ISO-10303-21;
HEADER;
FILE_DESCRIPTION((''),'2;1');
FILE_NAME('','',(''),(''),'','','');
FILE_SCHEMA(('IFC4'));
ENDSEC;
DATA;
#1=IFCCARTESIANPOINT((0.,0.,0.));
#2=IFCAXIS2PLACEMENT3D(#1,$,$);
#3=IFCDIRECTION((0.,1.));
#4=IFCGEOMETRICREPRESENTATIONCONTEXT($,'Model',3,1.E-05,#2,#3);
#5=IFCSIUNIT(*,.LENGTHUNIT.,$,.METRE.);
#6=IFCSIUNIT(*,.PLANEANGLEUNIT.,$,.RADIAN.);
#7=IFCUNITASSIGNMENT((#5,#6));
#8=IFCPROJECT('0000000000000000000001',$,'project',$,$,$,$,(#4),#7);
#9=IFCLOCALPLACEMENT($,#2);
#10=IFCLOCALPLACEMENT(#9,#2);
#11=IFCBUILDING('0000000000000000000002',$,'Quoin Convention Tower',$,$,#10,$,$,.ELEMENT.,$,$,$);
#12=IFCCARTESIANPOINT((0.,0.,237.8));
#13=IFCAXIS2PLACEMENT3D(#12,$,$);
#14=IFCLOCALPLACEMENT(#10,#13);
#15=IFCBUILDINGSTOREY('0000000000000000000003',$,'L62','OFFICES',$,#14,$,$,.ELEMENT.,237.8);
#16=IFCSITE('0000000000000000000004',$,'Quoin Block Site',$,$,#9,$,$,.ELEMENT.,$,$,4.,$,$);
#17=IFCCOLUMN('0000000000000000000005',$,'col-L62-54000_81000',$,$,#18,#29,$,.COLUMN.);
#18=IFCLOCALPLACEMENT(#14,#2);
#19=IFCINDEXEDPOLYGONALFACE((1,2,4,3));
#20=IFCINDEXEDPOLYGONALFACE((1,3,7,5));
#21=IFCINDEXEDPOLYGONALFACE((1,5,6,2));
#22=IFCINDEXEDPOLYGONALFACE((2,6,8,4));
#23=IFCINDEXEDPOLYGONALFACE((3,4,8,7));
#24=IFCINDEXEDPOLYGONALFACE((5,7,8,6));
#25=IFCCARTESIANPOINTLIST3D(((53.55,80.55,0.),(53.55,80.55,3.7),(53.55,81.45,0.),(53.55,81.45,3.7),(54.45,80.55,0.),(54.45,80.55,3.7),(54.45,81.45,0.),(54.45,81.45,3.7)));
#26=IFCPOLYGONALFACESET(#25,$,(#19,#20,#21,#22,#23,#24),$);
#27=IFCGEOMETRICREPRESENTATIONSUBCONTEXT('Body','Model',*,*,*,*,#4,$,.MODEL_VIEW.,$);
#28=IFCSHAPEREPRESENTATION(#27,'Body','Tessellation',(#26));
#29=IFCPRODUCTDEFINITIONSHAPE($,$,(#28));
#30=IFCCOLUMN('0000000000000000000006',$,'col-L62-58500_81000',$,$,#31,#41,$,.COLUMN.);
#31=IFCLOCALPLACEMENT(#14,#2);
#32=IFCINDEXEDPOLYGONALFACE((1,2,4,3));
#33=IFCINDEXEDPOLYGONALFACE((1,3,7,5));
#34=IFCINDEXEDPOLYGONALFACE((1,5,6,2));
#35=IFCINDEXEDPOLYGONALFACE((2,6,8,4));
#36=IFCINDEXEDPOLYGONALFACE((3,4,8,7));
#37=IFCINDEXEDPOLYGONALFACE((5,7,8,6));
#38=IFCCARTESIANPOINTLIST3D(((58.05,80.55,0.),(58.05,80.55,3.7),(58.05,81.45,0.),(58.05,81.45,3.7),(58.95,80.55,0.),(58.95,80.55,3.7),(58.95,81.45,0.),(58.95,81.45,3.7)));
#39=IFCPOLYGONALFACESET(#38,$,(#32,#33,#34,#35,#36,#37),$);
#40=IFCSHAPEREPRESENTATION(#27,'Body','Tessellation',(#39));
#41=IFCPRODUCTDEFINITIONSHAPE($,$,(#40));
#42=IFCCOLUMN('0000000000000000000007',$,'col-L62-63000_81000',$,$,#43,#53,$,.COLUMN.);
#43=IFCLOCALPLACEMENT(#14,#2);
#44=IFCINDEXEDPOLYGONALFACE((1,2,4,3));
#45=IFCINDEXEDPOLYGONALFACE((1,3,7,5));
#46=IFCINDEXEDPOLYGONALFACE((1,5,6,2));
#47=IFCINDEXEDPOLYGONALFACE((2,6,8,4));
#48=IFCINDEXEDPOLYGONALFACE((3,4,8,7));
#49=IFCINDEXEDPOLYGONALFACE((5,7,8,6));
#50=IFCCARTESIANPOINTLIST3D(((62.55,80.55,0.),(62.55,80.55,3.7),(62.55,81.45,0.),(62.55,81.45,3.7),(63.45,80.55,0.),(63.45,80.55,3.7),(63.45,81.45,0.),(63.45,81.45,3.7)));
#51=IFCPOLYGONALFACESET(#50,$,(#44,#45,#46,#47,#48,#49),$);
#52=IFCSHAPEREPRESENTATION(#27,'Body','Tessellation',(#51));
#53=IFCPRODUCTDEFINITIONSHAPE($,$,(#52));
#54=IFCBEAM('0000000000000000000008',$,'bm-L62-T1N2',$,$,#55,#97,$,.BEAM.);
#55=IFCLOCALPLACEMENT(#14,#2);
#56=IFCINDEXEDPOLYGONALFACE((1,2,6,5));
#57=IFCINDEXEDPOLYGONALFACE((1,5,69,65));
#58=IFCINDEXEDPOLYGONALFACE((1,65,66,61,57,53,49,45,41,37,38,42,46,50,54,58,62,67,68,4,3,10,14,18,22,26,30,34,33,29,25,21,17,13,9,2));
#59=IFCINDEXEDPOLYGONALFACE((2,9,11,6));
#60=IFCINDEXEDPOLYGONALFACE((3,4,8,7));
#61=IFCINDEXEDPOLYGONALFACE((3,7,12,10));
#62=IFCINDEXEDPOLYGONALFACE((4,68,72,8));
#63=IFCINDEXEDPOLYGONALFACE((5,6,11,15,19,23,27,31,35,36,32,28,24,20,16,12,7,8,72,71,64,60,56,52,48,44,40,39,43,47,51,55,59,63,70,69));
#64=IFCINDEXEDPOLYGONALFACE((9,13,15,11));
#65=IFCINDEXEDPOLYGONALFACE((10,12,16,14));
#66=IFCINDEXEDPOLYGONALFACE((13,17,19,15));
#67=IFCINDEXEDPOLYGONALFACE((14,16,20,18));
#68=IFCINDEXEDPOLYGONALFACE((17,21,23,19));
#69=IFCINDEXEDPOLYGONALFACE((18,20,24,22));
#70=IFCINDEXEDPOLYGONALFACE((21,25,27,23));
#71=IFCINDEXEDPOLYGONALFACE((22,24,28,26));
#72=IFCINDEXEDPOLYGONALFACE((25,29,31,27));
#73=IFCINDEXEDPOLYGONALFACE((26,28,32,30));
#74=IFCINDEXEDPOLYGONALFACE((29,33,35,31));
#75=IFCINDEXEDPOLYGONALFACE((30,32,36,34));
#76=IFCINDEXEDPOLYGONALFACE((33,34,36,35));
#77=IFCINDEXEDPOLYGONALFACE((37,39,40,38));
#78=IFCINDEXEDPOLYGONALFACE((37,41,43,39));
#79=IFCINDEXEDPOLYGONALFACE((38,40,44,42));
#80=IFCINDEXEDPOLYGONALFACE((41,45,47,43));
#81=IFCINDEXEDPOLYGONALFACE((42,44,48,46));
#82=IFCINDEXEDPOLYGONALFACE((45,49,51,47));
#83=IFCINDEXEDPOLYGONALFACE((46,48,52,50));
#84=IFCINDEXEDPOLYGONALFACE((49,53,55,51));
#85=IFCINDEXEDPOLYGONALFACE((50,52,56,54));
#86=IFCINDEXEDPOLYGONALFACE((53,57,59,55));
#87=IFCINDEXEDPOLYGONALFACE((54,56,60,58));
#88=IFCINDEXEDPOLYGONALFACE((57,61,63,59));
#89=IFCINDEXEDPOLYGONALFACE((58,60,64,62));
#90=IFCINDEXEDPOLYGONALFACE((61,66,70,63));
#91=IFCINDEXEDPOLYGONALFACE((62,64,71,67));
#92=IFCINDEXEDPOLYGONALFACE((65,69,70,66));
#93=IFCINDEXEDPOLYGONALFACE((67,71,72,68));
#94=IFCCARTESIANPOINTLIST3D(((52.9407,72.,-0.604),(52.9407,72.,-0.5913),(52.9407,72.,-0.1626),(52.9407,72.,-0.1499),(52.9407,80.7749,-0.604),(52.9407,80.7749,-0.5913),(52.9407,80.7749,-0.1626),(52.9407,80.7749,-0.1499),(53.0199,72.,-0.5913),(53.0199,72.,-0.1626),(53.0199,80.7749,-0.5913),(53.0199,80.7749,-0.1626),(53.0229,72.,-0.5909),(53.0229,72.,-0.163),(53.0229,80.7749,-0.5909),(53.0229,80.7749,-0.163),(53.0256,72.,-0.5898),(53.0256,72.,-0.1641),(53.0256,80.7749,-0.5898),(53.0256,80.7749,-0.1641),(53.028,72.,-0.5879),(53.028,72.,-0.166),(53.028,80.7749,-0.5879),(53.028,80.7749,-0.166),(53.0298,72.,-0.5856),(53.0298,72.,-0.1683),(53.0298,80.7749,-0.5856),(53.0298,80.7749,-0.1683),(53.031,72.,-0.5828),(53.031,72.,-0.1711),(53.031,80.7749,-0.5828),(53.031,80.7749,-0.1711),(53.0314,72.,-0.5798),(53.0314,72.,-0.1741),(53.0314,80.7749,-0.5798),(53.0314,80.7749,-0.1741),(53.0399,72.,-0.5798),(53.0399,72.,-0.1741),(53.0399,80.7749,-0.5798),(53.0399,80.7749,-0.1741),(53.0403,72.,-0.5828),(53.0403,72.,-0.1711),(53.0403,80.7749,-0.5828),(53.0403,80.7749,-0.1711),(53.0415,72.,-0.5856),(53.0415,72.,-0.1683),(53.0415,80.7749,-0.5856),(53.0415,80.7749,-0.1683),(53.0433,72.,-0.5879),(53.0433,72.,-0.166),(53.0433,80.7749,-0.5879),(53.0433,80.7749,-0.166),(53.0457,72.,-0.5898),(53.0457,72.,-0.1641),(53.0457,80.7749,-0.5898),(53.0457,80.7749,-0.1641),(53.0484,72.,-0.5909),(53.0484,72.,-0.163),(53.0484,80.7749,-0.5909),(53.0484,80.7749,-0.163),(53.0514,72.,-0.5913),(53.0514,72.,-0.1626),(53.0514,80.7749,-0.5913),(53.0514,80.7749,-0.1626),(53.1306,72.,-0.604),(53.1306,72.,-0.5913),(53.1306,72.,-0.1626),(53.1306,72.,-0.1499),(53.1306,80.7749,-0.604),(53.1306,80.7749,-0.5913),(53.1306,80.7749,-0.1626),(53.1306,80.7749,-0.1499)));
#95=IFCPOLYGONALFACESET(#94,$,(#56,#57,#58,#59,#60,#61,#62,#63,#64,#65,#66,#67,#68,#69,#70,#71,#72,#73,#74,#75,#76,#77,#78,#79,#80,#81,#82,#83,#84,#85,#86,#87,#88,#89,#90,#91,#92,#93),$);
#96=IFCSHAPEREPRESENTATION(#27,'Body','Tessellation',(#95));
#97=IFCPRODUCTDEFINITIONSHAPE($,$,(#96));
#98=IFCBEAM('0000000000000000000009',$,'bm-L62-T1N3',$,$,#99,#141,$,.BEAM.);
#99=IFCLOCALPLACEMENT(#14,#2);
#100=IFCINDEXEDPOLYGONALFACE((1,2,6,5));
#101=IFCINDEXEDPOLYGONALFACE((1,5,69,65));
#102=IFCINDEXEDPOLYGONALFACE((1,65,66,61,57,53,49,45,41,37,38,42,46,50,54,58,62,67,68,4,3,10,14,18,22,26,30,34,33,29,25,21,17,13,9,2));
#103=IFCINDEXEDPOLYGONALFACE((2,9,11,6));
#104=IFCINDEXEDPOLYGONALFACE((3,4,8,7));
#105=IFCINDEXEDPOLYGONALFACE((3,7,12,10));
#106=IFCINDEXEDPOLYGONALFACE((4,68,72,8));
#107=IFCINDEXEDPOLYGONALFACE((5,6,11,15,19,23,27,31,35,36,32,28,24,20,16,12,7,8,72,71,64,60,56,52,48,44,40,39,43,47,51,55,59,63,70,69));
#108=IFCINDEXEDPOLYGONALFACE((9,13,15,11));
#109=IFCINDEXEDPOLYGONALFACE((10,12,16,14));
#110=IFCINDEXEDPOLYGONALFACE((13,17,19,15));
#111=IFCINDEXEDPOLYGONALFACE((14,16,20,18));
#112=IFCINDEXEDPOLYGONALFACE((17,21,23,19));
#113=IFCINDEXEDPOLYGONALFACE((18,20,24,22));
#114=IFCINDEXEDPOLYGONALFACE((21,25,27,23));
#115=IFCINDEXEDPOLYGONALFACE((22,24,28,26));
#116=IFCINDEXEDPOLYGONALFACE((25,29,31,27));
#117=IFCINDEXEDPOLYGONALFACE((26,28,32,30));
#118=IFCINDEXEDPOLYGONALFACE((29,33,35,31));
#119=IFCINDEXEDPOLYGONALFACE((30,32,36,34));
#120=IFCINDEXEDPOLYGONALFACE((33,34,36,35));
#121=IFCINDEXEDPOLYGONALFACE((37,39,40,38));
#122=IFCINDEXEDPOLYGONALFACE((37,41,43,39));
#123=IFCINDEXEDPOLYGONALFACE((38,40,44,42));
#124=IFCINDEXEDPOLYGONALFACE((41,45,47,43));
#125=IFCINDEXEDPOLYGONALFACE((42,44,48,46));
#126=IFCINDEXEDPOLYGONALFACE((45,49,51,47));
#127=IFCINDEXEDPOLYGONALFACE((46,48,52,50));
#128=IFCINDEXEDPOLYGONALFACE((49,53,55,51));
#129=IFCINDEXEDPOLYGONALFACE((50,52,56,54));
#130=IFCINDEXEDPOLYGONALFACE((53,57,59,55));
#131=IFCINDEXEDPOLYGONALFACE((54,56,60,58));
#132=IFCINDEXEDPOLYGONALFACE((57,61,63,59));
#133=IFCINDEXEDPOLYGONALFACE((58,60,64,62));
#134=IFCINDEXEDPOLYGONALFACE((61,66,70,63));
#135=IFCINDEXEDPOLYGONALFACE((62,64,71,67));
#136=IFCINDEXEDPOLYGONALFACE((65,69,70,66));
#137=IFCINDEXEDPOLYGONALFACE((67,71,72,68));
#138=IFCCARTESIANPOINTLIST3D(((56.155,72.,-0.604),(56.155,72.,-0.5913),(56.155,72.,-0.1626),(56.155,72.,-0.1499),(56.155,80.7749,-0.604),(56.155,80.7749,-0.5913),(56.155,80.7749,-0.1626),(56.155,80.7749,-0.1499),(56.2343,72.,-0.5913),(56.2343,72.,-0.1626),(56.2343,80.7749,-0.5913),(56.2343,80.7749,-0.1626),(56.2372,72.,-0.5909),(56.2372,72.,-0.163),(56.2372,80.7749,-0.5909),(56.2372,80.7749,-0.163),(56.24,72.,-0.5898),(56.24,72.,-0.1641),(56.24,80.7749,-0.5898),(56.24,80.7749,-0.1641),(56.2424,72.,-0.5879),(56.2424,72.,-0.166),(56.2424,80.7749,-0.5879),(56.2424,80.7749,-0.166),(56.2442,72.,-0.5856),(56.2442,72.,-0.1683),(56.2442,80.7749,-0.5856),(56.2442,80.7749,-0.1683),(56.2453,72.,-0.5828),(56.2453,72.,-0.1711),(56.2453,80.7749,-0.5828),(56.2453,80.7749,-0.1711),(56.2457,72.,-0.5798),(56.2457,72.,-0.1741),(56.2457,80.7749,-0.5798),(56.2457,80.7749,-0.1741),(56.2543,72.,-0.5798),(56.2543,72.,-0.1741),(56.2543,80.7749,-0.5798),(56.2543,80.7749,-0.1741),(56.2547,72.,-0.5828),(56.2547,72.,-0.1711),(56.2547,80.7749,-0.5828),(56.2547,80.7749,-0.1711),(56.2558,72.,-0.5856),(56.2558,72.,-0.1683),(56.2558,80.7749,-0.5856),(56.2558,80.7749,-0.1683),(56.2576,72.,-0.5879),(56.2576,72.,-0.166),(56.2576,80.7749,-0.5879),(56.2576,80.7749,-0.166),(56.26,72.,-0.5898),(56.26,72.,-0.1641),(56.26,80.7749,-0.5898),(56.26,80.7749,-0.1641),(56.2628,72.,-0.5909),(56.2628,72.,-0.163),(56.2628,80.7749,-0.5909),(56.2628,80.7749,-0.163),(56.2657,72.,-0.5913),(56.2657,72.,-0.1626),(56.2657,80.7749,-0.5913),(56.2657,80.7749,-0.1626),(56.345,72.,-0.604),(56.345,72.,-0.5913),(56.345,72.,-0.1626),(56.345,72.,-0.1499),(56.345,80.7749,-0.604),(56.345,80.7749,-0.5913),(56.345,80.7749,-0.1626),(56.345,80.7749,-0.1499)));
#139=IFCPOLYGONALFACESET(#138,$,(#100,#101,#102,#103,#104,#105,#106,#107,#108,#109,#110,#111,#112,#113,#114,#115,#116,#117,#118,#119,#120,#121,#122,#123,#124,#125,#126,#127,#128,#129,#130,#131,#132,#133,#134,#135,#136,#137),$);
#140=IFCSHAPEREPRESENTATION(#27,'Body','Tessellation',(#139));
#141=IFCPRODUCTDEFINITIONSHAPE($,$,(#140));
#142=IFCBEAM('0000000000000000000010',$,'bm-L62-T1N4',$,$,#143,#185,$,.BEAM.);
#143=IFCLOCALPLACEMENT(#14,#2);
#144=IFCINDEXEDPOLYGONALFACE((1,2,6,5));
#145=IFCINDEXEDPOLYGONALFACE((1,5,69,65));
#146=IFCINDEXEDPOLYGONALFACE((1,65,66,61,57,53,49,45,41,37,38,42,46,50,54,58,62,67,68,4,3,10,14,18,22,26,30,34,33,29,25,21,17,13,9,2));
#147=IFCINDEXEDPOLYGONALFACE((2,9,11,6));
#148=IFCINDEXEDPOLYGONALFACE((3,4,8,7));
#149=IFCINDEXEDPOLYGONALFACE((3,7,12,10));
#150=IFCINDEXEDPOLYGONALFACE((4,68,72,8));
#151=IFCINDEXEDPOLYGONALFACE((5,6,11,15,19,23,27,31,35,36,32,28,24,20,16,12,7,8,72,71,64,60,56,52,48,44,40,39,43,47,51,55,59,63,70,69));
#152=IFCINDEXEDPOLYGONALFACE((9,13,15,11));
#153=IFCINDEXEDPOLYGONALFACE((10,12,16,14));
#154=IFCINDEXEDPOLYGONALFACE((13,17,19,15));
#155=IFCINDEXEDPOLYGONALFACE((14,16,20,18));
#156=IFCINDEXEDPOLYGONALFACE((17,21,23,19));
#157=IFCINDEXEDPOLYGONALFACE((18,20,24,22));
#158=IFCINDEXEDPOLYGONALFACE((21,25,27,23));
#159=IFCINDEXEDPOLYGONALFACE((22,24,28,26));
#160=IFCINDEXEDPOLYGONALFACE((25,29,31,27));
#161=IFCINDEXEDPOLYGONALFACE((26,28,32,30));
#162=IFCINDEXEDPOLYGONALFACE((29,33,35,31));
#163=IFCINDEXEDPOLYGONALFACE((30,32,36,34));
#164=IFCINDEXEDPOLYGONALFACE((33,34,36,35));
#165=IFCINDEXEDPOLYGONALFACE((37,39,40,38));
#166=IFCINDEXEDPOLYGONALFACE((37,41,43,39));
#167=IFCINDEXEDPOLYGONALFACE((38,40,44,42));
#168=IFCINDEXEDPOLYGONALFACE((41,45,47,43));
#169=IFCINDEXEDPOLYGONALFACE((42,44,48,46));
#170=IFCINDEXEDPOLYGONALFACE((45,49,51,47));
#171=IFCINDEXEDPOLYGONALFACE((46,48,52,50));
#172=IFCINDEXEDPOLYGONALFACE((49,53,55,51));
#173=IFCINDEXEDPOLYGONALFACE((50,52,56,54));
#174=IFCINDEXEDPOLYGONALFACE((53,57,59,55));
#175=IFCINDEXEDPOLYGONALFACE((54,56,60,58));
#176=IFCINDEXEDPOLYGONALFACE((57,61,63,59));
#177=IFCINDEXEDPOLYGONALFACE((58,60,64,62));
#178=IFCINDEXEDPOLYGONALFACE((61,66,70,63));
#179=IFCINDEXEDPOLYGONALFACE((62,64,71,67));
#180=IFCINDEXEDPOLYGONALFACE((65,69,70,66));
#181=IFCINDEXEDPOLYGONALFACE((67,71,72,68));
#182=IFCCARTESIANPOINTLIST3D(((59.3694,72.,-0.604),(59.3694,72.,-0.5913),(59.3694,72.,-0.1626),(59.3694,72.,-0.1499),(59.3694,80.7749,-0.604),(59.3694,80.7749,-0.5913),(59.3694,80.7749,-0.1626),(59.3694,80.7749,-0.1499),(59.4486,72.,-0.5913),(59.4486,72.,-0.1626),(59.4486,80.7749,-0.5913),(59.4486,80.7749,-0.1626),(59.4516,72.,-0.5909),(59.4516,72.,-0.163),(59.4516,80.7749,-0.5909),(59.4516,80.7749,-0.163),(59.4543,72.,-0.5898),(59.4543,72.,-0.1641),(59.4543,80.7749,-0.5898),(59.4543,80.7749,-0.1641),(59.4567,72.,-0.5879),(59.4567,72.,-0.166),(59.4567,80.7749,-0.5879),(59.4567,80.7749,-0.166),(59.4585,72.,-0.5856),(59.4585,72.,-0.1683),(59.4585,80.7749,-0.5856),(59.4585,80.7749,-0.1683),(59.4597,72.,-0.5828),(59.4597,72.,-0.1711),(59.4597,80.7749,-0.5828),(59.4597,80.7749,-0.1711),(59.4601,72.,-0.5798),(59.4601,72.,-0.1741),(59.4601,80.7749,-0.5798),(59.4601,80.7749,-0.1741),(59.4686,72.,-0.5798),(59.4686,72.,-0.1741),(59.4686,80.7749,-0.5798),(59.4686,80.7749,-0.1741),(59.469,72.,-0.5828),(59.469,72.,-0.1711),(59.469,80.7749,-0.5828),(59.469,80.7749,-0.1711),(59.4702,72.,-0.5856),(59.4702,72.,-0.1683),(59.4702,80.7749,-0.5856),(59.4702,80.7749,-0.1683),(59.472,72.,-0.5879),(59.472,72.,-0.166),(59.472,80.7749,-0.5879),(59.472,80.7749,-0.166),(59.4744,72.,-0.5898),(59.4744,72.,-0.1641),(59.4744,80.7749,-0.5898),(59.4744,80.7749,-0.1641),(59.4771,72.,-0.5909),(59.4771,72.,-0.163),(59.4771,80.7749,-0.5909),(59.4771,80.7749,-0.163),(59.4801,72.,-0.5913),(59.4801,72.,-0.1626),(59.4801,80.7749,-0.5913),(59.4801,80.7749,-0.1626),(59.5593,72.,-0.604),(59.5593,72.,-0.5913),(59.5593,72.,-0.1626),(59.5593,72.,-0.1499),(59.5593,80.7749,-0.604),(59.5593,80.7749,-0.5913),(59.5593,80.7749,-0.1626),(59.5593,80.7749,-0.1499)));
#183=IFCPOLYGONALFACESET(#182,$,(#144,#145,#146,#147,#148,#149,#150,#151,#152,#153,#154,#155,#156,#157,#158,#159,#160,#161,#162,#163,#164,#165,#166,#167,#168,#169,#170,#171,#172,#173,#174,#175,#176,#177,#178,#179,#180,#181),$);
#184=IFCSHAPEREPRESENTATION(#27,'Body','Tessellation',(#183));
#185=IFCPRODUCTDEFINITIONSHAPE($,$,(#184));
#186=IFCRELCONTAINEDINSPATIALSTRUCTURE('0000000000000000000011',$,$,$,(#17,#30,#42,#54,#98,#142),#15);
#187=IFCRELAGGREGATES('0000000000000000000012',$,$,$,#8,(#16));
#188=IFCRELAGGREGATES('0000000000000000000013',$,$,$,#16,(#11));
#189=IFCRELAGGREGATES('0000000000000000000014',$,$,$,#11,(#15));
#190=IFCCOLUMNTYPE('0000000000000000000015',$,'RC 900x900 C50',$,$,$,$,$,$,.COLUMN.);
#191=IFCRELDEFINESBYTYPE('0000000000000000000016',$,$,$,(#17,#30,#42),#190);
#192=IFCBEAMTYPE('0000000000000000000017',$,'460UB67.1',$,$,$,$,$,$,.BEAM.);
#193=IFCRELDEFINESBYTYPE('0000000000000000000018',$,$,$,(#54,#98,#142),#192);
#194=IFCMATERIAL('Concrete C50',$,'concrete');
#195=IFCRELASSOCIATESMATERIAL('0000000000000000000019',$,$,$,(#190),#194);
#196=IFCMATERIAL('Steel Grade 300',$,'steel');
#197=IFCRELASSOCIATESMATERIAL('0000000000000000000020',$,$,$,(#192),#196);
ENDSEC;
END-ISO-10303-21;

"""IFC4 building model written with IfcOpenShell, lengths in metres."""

from ifc_helpers import new_model, si_unit, direction, frame, origin, origin_2d, place, context, subcontext, project, spatial, rectangle, i_section, extrude, material, material_profile, profile_set, type_object, element, save


model = new_model("IFC4")

# Units and contexts
model_context = context("Model", 3, precision=1e-05, world=origin(), true_north=direction((0.0, 1.0)))
body_context = subcontext(model_context, "Body", "Model", "MODEL_VIEW")
ifc_project = project(units=[si_unit("LENGTHUNIT", "METRE"), si_unit("PLANEANGLEUNIT", "RADIAN")], contexts=[model_context])

# Site, building, storey
site_placement = place(None, origin())
site = spatial("IfcSite", under=ifc_project, at=site_placement, Name="Quoin Block Site", CompositionType="ELEMENT", RefElevation=4.0)
building_placement = place(site_placement, origin())
building = spatial("IfcBuilding", under=site, at=building_placement, Name="Quoin Convention Tower", CompositionType="ELEMENT")
storey_placement = place(building_placement, frame((0.0, 0.0, 237.8)))
storey = spatial("IfcBuildingStorey", under=building, at=storey_placement, Name="L62", Description="OFFICES", CompositionType="ELEMENT", Elevation=237.8)

# Columns
ifc_material_1 = material(Name="Concrete C50", Category="concrete")
ifc_material_profile_1 = material_profile(ifc_material_1, rectangle(XDim=0.8999, YDim=0.8999, at=origin_2d()), Name="RC 900x900")
ifc_profile_set_1 = profile_set([ifc_material_profile_1], Name="Concrete C50")
column_type = type_object("IfcColumnType", Name="RC 900x900 C50", PredefinedType="COLUMN", material=ifc_profile_set_1)
for number, where, z_axis, x_axis, name in (
    (1, (54.0, 81.0, 0.0), (0.0, 0.0, 1.0), (1.0, 0.0, 0.0), "col-L62-54000_81000"),
    (2, (58.5, 81.0, 0.0), (0.0, 0.0, 1.0), (1.0, 0.0, 0.0), "col-L62-58500_81000"),
    (3, (63.0, 81.0, 0.0), (0.0, 0.0, 1.0), (1.0, 0.0, 0.0), "col-L62-63000_81000"),
):
    element("IfcColumn", number, at=place(storey_placement, frame(where, z_axis=z_axis, x_axis=x_axis)), inside=storey, type_object=column_type, Name=name, PredefinedType="COLUMN", context=body_context, shape_type="SweptSolid", body=[
        extrude(rectangle(XDim=0.8999, YDim=0.8999, at=origin_2d()), origin(), (0.0, 0.0, 1.0), 3.7),
    ])

# Beams
ifc_material_2 = material(Name="Steel Grade 300", Category="steel")
ifc_material_profile_2 = material_profile(ifc_material_2, i_section(OverallWidth=0.1899, OverallDepth=0.4541, WebThickness=0.0085, FlangeThickness=0.0127, FilletRadius=0.0115, at=origin_2d()), Name="460UB67.1")
ifc_profile_set_2 = profile_set([ifc_material_profile_2], Name="Steel Grade 300")
beam_type_1 = type_object("IfcBeamType", Name="460UB67.1", PredefinedType="BEAM", material=ifc_profile_set_2)
for number, where, z_axis, x_axis, name in (
    (4, (53.0356, 72.0, -0.377), (0.0, 1.0, 0.0), (-1.0, 0.0, 0.0), "bm-L62-T1N2"),
    (5, (56.25, 72.0, -0.377), (0.0, 1.0, 0.0), (-1.0, 0.0, 0.0), "bm-L62-T1N3"),
    (6, (59.4644, 72.0, -0.377), (0.0, 1.0, 0.0), (-1.0, 0.0, 0.0), "bm-L62-T1N4"),
):
    element("IfcBeam", number, at=place(storey_placement, frame(where, z_axis=z_axis, x_axis=x_axis)), inside=storey, type_object=beam_type_1, Name=name, PredefinedType="BEAM", context=body_context, shape_type="SweptSolid", body=[
        extrude(i_section(OverallWidth=0.1899, OverallDepth=0.4541, WebThickness=0.0085, FlangeThickness=0.0127, FilletRadius=0.0115, at=origin_2d()), origin(), (0.0, 0.0, 1.0), 8.7749),
    ])

save(model, "model.ifc")
